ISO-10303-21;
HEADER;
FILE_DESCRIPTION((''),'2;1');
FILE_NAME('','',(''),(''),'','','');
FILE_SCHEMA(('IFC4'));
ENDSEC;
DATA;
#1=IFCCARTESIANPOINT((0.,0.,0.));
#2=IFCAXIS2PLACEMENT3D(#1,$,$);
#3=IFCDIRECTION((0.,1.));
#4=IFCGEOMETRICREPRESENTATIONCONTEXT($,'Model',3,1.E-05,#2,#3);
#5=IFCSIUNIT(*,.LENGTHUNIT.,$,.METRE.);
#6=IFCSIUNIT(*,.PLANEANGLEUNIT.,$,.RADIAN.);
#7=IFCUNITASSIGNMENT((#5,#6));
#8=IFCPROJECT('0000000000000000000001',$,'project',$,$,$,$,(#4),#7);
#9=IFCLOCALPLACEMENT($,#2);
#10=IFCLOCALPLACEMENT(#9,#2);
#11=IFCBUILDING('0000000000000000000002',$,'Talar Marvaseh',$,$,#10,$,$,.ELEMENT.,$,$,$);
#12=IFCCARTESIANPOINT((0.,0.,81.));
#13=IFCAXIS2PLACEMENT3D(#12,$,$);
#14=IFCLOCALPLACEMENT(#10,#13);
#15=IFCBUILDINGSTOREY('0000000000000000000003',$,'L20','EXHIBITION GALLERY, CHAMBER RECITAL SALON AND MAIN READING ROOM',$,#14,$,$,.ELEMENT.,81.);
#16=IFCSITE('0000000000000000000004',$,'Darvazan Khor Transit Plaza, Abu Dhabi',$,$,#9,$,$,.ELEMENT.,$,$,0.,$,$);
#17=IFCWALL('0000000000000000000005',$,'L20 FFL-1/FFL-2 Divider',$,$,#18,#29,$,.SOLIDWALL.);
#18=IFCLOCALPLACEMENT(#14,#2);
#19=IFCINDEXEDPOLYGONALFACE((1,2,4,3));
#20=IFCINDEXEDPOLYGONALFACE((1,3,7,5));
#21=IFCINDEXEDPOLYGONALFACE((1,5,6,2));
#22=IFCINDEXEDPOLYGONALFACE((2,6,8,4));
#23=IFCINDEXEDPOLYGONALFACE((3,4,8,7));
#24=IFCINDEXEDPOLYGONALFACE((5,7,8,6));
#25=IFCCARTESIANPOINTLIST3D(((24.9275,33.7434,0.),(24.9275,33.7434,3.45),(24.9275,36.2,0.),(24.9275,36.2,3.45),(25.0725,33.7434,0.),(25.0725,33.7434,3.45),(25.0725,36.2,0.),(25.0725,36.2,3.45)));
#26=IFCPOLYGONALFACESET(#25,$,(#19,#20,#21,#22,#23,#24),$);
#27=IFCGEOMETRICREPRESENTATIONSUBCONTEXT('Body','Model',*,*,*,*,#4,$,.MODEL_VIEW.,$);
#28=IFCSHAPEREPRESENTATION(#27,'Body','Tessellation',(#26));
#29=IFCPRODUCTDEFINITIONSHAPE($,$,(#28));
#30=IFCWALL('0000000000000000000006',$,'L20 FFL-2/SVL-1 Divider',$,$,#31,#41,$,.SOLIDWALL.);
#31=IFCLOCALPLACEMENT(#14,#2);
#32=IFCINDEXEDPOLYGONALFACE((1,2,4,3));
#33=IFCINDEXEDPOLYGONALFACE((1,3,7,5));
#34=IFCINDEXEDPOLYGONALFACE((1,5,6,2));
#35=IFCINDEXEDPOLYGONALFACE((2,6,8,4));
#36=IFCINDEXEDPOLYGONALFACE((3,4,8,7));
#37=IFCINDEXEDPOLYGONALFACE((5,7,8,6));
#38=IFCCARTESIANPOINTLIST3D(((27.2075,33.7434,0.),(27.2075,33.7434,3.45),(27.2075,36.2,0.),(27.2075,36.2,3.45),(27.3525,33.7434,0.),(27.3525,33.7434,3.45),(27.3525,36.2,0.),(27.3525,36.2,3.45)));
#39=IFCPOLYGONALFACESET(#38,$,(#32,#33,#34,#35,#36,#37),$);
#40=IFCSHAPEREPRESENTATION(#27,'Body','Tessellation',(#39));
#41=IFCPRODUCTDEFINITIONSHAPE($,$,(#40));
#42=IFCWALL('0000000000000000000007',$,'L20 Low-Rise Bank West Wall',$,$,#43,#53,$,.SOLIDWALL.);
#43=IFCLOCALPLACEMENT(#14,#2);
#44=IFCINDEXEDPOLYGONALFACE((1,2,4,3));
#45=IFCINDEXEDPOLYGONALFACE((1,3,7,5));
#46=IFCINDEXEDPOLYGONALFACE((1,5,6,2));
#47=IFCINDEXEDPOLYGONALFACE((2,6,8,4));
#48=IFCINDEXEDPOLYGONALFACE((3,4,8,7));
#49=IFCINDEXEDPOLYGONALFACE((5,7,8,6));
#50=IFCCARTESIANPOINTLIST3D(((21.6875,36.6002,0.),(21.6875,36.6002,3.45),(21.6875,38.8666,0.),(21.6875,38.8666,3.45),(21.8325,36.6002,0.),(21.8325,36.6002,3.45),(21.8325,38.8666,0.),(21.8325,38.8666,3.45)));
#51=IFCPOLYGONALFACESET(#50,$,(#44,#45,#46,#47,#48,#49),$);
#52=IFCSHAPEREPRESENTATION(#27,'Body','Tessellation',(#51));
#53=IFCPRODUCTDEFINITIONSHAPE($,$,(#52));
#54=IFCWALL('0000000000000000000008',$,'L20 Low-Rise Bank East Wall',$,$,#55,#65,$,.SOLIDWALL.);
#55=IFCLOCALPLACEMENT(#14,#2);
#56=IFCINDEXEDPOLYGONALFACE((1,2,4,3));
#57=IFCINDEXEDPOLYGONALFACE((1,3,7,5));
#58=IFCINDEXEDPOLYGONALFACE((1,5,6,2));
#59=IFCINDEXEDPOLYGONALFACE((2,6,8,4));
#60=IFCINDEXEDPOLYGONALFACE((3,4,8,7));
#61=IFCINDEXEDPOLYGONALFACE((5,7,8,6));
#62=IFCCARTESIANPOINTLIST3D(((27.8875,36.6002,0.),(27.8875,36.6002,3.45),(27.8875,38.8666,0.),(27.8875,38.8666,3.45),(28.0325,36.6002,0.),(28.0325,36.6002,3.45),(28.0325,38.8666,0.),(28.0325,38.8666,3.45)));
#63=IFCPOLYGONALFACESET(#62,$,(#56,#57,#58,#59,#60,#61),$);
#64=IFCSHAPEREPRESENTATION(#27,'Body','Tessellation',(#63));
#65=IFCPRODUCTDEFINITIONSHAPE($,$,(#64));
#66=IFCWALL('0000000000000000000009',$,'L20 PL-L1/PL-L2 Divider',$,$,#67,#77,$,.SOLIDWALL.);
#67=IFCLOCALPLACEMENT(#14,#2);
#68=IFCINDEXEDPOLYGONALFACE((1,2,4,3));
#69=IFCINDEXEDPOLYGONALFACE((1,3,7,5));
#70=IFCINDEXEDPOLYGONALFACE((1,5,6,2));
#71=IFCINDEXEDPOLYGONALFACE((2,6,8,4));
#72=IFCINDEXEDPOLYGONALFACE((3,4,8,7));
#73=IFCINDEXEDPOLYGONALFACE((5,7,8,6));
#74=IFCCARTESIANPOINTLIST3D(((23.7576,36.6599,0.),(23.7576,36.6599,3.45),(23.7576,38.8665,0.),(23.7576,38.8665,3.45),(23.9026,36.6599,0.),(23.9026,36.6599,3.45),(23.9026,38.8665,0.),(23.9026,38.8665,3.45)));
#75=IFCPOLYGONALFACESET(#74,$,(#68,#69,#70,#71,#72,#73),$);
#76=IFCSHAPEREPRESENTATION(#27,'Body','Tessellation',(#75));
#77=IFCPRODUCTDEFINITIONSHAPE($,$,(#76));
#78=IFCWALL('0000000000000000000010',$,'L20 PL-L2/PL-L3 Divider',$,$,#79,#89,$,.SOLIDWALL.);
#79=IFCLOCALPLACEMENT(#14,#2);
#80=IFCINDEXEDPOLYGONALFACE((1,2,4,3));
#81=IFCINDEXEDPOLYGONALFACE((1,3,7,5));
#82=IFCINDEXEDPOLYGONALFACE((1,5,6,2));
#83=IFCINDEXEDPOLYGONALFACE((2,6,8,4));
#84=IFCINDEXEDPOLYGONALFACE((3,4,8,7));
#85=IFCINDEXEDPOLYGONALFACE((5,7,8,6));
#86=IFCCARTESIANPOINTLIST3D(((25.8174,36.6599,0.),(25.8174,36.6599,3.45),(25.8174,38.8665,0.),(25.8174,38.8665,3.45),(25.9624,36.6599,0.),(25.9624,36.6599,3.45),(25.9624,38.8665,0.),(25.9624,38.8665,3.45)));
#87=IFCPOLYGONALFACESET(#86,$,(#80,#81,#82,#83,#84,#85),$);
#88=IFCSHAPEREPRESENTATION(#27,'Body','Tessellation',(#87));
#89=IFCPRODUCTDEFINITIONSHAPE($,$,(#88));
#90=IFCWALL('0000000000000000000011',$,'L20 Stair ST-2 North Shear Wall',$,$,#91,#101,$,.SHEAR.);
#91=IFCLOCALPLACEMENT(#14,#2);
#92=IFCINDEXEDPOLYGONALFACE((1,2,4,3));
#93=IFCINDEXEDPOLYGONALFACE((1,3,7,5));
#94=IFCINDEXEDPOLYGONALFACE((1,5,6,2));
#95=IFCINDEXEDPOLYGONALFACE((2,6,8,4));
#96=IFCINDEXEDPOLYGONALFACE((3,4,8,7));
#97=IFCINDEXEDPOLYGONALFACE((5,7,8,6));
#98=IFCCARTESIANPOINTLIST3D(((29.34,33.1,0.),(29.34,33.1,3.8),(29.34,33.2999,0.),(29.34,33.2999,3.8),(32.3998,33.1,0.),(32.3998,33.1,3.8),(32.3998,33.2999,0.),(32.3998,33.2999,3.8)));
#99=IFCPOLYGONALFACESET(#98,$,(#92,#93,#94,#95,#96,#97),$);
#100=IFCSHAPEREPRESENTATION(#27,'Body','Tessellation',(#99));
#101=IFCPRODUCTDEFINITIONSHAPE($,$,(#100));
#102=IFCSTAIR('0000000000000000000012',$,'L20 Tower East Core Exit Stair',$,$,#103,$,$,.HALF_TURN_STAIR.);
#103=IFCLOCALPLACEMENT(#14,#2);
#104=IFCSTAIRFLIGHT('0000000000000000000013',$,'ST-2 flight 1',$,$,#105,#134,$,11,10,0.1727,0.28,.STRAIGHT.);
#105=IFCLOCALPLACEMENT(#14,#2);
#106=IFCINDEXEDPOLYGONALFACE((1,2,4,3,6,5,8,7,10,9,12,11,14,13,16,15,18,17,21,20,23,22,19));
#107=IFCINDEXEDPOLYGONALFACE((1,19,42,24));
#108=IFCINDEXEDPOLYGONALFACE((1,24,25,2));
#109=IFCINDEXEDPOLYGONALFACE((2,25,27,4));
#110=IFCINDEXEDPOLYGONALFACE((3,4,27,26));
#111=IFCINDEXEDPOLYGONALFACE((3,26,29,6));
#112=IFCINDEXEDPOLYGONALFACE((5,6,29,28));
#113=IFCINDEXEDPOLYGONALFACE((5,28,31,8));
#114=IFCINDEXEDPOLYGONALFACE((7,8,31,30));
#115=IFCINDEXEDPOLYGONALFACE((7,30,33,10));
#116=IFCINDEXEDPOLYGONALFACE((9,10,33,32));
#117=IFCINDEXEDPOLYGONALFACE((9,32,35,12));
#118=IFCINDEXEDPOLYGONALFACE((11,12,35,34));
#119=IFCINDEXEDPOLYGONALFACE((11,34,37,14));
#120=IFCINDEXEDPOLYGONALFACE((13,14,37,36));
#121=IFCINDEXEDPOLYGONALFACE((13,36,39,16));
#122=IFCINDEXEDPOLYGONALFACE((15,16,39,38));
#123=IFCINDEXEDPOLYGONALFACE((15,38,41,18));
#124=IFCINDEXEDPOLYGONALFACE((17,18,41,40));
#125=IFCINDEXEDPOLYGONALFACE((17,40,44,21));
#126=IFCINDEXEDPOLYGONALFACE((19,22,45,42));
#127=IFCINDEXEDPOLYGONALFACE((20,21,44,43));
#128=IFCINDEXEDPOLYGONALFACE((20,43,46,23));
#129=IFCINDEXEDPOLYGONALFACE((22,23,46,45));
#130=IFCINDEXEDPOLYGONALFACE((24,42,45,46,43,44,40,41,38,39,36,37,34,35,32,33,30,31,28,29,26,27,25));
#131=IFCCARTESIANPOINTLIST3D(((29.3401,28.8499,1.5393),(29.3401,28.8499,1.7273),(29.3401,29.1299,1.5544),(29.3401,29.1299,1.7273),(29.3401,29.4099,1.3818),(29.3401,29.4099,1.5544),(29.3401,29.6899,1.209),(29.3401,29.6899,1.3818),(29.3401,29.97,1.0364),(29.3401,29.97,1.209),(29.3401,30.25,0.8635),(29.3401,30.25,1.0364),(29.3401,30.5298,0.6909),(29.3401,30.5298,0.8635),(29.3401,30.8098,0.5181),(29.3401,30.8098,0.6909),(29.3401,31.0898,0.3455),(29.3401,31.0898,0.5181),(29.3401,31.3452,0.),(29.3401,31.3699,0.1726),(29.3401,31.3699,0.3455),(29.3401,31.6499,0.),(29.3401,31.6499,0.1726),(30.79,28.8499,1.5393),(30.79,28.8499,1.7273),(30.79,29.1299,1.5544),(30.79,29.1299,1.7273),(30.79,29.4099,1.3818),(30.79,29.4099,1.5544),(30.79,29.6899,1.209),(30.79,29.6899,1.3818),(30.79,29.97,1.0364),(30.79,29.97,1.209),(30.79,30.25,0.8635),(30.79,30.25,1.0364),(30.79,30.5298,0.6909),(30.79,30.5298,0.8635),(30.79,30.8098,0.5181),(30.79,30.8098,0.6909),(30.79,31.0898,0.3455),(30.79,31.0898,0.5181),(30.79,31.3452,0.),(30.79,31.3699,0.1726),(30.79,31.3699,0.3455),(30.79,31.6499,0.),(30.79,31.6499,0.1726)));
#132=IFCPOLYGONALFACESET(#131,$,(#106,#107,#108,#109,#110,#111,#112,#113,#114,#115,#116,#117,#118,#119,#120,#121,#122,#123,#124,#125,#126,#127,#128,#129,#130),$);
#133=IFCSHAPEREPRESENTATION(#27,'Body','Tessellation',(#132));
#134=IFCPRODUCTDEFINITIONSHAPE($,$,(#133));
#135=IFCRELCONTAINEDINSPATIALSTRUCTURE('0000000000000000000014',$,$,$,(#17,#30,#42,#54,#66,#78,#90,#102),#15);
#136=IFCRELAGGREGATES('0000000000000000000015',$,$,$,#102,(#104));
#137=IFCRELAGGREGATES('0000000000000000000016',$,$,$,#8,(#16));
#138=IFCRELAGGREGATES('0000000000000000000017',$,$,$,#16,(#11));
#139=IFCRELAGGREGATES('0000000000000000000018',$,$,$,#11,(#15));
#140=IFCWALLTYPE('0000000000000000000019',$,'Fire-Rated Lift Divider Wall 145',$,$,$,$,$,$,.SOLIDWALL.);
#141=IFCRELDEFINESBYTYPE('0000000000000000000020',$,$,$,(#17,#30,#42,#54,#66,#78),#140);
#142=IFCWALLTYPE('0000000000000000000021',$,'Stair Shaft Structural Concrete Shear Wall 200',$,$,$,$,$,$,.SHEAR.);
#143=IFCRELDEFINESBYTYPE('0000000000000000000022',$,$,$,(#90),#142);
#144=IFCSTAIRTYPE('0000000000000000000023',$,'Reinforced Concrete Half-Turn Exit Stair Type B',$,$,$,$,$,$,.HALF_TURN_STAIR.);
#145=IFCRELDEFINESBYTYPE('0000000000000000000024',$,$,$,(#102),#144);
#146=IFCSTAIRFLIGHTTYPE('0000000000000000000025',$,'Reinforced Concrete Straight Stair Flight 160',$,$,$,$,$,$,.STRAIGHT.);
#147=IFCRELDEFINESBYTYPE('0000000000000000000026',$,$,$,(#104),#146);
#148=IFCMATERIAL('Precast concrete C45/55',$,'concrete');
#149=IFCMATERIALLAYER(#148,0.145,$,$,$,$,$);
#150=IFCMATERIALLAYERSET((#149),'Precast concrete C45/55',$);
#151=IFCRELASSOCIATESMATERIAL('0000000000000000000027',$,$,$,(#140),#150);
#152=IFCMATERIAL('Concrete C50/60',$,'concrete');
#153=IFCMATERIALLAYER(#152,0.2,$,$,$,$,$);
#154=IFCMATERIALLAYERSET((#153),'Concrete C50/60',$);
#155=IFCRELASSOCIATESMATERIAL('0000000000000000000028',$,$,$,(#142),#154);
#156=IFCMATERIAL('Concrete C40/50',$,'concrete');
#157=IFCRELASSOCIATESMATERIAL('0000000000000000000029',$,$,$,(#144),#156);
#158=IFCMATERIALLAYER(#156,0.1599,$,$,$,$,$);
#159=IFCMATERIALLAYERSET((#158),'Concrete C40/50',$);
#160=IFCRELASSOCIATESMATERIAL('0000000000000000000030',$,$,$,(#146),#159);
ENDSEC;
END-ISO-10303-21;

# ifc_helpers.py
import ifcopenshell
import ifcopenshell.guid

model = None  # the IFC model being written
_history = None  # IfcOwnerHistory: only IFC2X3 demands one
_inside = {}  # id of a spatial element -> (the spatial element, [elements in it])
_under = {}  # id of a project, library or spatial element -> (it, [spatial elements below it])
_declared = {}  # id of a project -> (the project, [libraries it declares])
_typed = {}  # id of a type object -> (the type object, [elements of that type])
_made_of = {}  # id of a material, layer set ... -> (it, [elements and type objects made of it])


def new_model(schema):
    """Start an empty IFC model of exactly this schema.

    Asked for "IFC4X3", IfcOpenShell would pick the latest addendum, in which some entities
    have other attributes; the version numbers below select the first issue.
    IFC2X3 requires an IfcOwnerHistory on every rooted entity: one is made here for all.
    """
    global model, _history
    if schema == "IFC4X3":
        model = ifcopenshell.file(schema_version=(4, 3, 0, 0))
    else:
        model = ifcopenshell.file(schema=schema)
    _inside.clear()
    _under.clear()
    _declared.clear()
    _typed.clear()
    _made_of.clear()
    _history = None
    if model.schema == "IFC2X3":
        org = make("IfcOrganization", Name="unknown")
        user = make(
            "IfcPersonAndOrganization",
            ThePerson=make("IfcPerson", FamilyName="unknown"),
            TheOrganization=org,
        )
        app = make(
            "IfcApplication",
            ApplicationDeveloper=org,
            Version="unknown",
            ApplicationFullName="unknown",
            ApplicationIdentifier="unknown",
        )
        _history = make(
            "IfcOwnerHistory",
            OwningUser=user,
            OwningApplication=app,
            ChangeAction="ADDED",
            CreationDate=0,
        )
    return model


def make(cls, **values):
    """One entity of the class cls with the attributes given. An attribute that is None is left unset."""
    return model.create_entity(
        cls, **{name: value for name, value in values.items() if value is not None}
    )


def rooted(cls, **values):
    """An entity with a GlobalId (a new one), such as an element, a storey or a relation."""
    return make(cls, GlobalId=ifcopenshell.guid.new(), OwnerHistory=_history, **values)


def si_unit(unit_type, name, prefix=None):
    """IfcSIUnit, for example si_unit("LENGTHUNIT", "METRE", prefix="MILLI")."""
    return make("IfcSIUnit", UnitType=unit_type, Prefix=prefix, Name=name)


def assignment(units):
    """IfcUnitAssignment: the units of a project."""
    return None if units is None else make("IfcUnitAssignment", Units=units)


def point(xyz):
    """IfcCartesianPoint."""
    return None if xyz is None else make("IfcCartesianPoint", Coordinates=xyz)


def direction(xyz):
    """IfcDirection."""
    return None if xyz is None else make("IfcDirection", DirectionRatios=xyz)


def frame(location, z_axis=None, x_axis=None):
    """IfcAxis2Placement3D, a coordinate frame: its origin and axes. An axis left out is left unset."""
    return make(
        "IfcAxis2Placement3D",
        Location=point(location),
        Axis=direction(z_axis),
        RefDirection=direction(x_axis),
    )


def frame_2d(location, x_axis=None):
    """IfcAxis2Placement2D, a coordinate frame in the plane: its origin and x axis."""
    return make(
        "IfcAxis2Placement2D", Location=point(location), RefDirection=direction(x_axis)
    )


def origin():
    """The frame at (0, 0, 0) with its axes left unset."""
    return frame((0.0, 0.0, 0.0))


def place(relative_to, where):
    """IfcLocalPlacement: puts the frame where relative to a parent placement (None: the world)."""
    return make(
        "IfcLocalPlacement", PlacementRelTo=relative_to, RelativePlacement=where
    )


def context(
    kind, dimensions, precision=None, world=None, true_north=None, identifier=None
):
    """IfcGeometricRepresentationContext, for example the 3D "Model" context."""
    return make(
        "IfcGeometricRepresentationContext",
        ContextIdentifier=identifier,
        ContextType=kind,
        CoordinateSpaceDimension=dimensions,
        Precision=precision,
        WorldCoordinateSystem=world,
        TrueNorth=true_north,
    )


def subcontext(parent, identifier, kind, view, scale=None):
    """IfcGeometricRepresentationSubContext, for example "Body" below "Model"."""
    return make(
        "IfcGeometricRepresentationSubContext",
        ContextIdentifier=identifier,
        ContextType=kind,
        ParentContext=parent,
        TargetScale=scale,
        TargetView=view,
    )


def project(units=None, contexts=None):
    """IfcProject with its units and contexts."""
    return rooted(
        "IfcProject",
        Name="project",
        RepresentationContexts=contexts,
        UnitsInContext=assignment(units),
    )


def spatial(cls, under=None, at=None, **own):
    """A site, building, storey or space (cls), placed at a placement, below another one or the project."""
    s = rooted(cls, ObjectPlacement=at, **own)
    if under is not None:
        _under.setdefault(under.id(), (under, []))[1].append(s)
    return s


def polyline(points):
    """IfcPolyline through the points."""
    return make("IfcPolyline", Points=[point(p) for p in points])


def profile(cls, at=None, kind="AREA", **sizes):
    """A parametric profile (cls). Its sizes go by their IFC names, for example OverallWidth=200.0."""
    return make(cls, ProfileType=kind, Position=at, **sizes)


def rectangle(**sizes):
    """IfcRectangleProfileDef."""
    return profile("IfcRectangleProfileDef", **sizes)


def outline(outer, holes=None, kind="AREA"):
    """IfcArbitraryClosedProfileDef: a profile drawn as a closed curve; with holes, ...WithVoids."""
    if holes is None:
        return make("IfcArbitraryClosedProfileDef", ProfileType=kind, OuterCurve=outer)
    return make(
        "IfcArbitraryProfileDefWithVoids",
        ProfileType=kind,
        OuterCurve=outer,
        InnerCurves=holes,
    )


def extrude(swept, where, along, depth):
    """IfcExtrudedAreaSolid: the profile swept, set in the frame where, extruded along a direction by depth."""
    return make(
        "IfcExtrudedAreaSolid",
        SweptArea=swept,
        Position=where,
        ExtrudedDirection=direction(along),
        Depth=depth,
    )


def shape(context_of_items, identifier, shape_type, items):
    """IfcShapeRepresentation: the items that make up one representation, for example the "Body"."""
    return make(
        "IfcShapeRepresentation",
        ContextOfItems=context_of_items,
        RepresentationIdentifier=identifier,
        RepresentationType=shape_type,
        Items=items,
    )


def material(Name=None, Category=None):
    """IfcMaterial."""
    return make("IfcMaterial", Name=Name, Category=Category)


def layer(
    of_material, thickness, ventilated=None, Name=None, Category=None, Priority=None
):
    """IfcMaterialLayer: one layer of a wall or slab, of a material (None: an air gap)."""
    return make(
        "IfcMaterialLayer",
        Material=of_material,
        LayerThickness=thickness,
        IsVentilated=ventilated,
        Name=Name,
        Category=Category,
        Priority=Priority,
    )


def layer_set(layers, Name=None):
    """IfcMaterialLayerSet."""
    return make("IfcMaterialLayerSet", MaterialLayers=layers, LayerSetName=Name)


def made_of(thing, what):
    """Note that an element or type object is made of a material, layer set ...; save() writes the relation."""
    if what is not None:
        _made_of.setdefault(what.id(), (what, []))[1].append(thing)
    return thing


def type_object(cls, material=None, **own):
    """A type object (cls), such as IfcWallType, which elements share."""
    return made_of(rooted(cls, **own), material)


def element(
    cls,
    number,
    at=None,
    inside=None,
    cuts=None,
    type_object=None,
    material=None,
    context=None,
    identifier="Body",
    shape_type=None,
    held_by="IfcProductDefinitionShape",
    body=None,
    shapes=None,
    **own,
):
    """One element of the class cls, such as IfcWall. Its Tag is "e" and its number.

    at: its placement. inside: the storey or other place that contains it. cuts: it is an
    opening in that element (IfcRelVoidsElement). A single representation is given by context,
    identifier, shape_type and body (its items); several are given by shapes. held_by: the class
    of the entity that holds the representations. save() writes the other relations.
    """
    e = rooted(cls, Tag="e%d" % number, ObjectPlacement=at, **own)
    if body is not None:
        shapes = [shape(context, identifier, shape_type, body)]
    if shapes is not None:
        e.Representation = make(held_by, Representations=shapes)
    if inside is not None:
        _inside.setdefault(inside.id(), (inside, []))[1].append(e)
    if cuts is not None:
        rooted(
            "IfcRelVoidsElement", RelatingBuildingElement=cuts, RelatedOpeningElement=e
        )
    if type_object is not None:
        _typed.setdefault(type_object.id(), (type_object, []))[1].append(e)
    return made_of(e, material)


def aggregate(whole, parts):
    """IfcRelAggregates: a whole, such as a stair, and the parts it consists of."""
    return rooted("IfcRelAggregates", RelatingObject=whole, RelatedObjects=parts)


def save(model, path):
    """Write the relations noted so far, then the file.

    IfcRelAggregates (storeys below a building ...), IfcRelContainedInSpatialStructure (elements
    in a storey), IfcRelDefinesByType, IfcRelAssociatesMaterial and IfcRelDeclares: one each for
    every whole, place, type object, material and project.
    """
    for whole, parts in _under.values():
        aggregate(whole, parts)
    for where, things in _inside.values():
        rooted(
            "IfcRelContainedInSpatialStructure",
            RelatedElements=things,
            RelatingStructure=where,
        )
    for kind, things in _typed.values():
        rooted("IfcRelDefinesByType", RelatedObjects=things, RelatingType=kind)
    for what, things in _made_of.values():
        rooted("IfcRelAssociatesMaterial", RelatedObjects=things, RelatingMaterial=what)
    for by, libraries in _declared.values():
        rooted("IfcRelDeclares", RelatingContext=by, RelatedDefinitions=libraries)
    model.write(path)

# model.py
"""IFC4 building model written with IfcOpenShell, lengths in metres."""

from ifc_helpers import new_model, si_unit, direction, frame, frame_2d, origin, place, context, subcontext, project, spatial, polyline, rectangle, outline, extrude, material, layer, layer_set, type_object, element, aggregate, save


model = new_model("IFC4")

# Units and contexts
model_context = context("Model", 3, precision=1e-05, world=origin(), true_north=direction((0.0, 1.0)))
body_context = subcontext(model_context, "Body", "Model", "MODEL_VIEW")
ifc_project = project(units=[si_unit("LENGTHUNIT", "METRE"), si_unit("PLANEANGLEUNIT", "RADIAN")], contexts=[model_context])

# Site, building, storey
site_placement = place(None, origin())
site = spatial("IfcSite", under=ifc_project, at=site_placement, Name="Darvazan Khor Transit Plaza, Abu Dhabi", CompositionType="ELEMENT", RefElevation=0.0)
building_placement = place(site_placement, origin())
building = spatial("IfcBuilding", under=site, at=building_placement, Name="Talar Marvaseh", CompositionType="ELEMENT")
storey_placement = place(building_placement, frame((0.0, 0.0, 81.0)))
storey = spatial("IfcBuildingStorey", under=building, at=storey_placement, Name="L20", Description="EXHIBITION GALLERY, CHAMBER RECITAL SALON AND MAIN READING ROOM", CompositionType="ELEMENT", Elevation=81.0)

# Shared definitions
ifc_material_1 = material(Name="Concrete C40/50", Category="concrete")

# Walls
ifc_material_2 = material(Name="Precast concrete C45/55", Category="concrete")
ifc_layer_1 = layer(ifc_material_2, 0.145)
ifc_layer_set_1 = layer_set([ifc_layer_1], Name="Precast concrete C45/55")
wall_type_1 = type_object("IfcWallType", Name="Fire-Rated Lift Divider Wall 145", PredefinedType="SOLIDWALL", material=ifc_layer_set_1)
for number, where, z_axis, x_axis, name in (
    (1, (25.0, 33.7434, 0.0), (0.0, 0.0, 1.0), (0.0, 1.0, 0.0), "L20 FFL-1/FFL-2 Divider"),
    (2, (27.28, 33.7434, 0.0), (0.0, 0.0, 1.0), (0.0, 1.0, 0.0), "L20 FFL-2/SVL-1 Divider"),
):
    element("IfcWall", number, at=place(storey_placement, frame(where, z_axis=z_axis, x_axis=x_axis)), inside=storey, type_object=wall_type_1, Name=name, PredefinedType="SOLIDWALL", context=body_context, shape_type="SweptSolid", body=[
        extrude(rectangle(XDim=2.4565, YDim=0.145, at=frame_2d((1.2283, 0.0))), origin(), (0.0, 0.0, 1.0), 3.45),
    ])
for number, where, z_axis, x_axis, name in (
    (3, (21.76, 36.6001, 0.0), (0.0, 0.0, 1.0), (0.0, 1.0, 0.0), "L20 Low-Rise Bank West Wall"),
    (4, (27.96, 36.6001, 0.0), (0.0, 0.0, 1.0), (0.0, 1.0, 0.0), "L20 Low-Rise Bank East Wall"),
):
    element("IfcWall", number, at=place(storey_placement, frame(where, z_axis=z_axis, x_axis=x_axis)), inside=storey, type_object=wall_type_1, Name=name, PredefinedType="SOLIDWALL", context=body_context, shape_type="SweptSolid", body=[
        extrude(rectangle(XDim=2.2664, YDim=0.145, at=frame_2d((1.1333, 0.0))), origin(), (0.0, 0.0, 1.0), 3.45),
    ])
for number, where, z_axis, x_axis, name in (
    (5, (23.8301, 36.6599, 0.0), (0.0, 0.0, 1.0), (0.0, 1.0, 0.0), "L20 PL-L1/PL-L2 Divider"),
    (6, (25.8899, 36.6599, 0.0), (0.0, 0.0, 1.0), (0.0, 1.0, 0.0), "L20 PL-L2/PL-L3 Divider"),
):
    element("IfcWall", number, at=place(storey_placement, frame(where, z_axis=z_axis, x_axis=x_axis)), inside=storey, type_object=wall_type_1, Name=name, PredefinedType="SOLIDWALL", context=body_context, shape_type="SweptSolid", body=[
        extrude(rectangle(XDim=2.2065, YDim=0.145, at=frame_2d((1.1033, 0.0))), origin(), (0.0, 0.0, 1.0), 3.45),
    ])

# Wall
ifc_material_3 = material(Name="Concrete C50/60", Category="concrete")
ifc_layer_2 = layer(ifc_material_3, 0.2)
ifc_layer_set_2 = layer_set([ifc_layer_2], Name="Concrete C50/60")
wall_type_2 = type_object("IfcWallType", Name="Stair Shaft Structural Concrete Shear Wall 200", PredefinedType="SHEAR", material=ifc_layer_set_2)
wall_1_placement = place(storey_placement, frame((29.3401, 33.2, 0.0), z_axis=(0.0, 0.0, 1.0), x_axis=(1.0, 0.0, 0.0)))
element("IfcWall", 7, at=wall_1_placement, inside=storey, type_object=wall_type_2, Name="L20 Stair ST-2 North Shear Wall", PredefinedType="SHEAR", context=body_context, shape_type="SweptSolid", body=[
    extrude(rectangle(XDim=3.0598, YDim=0.2, at=frame_2d((1.5298, 0.0))), origin(), (0.0, 0.0, 1.0), 3.8),
])

# Stair, stair flight
stair_type = type_object("IfcStairType", Name="Reinforced Concrete Half-Turn Exit Stair Type B", PredefinedType="HALF_TURN_STAIR", material=ifc_material_1)
stair_placement = place(storey_placement, origin())
stair = element("IfcStair", 8, at=stair_placement, inside=storey, type_object=stair_type, Name="L20 Tower East Core Exit Stair", PredefinedType="HALF_TURN_STAIR")
ifc_layer_3 = layer(ifc_material_1, 0.1599)
ifc_layer_set_3 = layer_set([ifc_layer_3], Name="Concrete C40/50")
stair_flight_type = type_object("IfcStairFlightType", Name="Reinforced Concrete Straight Stair Flight 160", PredefinedType="STRAIGHT", material=ifc_layer_set_3)
stair_flight_placement = place(storey_placement, frame((30.0649, 31.6499, 0.0), z_axis=(0.0, 0.0, 1.0), x_axis=(0.0, -1.0, 0.0)))
stair_flight = element("IfcStairFlight", 9, at=stair_flight_placement, type_object=stair_flight_type, Name="ST-2 flight 1", NumberOfRisers=11, NumberOfTreads=10, PredefinedType="STRAIGHT", RiserHeight=0.1727, TreadLength=0.28, context=body_context, shape_type="SweptSolid", body=[
    extrude(outline(polyline([(0.0, 0.0), (0.0, 0.1726), (0.28, 0.1726), (0.28, 0.3455), (0.5601, 0.3455), (0.5601, 0.5181), (0.8401, 0.5181), (0.8401, 0.6909), (1.1201, 0.6909), (1.1201, 0.8635), (1.3999, 0.8635), (1.3999, 1.0364), (1.6799, 1.0364), (1.6799, 1.209), (1.96, 1.209), (1.96, 1.3818), (2.24, 1.3818), (2.24, 1.5544), (2.52, 1.5544), (2.52, 1.7273), (2.8, 1.7273), (2.8, 1.8999), (2.8, 1.5393), (0.3047, 0.0), (0.0, 0.0)])), frame((0.0, 0.7251, 0.0), z_axis=(0.0, -1.0, 0.0), x_axis=(1.0, 0.0, 0.0)), (0.0, 0.0, 1.0), 1.45),
])
aggregate(stair, [stair_flight])

save(model, "model.ifc")
